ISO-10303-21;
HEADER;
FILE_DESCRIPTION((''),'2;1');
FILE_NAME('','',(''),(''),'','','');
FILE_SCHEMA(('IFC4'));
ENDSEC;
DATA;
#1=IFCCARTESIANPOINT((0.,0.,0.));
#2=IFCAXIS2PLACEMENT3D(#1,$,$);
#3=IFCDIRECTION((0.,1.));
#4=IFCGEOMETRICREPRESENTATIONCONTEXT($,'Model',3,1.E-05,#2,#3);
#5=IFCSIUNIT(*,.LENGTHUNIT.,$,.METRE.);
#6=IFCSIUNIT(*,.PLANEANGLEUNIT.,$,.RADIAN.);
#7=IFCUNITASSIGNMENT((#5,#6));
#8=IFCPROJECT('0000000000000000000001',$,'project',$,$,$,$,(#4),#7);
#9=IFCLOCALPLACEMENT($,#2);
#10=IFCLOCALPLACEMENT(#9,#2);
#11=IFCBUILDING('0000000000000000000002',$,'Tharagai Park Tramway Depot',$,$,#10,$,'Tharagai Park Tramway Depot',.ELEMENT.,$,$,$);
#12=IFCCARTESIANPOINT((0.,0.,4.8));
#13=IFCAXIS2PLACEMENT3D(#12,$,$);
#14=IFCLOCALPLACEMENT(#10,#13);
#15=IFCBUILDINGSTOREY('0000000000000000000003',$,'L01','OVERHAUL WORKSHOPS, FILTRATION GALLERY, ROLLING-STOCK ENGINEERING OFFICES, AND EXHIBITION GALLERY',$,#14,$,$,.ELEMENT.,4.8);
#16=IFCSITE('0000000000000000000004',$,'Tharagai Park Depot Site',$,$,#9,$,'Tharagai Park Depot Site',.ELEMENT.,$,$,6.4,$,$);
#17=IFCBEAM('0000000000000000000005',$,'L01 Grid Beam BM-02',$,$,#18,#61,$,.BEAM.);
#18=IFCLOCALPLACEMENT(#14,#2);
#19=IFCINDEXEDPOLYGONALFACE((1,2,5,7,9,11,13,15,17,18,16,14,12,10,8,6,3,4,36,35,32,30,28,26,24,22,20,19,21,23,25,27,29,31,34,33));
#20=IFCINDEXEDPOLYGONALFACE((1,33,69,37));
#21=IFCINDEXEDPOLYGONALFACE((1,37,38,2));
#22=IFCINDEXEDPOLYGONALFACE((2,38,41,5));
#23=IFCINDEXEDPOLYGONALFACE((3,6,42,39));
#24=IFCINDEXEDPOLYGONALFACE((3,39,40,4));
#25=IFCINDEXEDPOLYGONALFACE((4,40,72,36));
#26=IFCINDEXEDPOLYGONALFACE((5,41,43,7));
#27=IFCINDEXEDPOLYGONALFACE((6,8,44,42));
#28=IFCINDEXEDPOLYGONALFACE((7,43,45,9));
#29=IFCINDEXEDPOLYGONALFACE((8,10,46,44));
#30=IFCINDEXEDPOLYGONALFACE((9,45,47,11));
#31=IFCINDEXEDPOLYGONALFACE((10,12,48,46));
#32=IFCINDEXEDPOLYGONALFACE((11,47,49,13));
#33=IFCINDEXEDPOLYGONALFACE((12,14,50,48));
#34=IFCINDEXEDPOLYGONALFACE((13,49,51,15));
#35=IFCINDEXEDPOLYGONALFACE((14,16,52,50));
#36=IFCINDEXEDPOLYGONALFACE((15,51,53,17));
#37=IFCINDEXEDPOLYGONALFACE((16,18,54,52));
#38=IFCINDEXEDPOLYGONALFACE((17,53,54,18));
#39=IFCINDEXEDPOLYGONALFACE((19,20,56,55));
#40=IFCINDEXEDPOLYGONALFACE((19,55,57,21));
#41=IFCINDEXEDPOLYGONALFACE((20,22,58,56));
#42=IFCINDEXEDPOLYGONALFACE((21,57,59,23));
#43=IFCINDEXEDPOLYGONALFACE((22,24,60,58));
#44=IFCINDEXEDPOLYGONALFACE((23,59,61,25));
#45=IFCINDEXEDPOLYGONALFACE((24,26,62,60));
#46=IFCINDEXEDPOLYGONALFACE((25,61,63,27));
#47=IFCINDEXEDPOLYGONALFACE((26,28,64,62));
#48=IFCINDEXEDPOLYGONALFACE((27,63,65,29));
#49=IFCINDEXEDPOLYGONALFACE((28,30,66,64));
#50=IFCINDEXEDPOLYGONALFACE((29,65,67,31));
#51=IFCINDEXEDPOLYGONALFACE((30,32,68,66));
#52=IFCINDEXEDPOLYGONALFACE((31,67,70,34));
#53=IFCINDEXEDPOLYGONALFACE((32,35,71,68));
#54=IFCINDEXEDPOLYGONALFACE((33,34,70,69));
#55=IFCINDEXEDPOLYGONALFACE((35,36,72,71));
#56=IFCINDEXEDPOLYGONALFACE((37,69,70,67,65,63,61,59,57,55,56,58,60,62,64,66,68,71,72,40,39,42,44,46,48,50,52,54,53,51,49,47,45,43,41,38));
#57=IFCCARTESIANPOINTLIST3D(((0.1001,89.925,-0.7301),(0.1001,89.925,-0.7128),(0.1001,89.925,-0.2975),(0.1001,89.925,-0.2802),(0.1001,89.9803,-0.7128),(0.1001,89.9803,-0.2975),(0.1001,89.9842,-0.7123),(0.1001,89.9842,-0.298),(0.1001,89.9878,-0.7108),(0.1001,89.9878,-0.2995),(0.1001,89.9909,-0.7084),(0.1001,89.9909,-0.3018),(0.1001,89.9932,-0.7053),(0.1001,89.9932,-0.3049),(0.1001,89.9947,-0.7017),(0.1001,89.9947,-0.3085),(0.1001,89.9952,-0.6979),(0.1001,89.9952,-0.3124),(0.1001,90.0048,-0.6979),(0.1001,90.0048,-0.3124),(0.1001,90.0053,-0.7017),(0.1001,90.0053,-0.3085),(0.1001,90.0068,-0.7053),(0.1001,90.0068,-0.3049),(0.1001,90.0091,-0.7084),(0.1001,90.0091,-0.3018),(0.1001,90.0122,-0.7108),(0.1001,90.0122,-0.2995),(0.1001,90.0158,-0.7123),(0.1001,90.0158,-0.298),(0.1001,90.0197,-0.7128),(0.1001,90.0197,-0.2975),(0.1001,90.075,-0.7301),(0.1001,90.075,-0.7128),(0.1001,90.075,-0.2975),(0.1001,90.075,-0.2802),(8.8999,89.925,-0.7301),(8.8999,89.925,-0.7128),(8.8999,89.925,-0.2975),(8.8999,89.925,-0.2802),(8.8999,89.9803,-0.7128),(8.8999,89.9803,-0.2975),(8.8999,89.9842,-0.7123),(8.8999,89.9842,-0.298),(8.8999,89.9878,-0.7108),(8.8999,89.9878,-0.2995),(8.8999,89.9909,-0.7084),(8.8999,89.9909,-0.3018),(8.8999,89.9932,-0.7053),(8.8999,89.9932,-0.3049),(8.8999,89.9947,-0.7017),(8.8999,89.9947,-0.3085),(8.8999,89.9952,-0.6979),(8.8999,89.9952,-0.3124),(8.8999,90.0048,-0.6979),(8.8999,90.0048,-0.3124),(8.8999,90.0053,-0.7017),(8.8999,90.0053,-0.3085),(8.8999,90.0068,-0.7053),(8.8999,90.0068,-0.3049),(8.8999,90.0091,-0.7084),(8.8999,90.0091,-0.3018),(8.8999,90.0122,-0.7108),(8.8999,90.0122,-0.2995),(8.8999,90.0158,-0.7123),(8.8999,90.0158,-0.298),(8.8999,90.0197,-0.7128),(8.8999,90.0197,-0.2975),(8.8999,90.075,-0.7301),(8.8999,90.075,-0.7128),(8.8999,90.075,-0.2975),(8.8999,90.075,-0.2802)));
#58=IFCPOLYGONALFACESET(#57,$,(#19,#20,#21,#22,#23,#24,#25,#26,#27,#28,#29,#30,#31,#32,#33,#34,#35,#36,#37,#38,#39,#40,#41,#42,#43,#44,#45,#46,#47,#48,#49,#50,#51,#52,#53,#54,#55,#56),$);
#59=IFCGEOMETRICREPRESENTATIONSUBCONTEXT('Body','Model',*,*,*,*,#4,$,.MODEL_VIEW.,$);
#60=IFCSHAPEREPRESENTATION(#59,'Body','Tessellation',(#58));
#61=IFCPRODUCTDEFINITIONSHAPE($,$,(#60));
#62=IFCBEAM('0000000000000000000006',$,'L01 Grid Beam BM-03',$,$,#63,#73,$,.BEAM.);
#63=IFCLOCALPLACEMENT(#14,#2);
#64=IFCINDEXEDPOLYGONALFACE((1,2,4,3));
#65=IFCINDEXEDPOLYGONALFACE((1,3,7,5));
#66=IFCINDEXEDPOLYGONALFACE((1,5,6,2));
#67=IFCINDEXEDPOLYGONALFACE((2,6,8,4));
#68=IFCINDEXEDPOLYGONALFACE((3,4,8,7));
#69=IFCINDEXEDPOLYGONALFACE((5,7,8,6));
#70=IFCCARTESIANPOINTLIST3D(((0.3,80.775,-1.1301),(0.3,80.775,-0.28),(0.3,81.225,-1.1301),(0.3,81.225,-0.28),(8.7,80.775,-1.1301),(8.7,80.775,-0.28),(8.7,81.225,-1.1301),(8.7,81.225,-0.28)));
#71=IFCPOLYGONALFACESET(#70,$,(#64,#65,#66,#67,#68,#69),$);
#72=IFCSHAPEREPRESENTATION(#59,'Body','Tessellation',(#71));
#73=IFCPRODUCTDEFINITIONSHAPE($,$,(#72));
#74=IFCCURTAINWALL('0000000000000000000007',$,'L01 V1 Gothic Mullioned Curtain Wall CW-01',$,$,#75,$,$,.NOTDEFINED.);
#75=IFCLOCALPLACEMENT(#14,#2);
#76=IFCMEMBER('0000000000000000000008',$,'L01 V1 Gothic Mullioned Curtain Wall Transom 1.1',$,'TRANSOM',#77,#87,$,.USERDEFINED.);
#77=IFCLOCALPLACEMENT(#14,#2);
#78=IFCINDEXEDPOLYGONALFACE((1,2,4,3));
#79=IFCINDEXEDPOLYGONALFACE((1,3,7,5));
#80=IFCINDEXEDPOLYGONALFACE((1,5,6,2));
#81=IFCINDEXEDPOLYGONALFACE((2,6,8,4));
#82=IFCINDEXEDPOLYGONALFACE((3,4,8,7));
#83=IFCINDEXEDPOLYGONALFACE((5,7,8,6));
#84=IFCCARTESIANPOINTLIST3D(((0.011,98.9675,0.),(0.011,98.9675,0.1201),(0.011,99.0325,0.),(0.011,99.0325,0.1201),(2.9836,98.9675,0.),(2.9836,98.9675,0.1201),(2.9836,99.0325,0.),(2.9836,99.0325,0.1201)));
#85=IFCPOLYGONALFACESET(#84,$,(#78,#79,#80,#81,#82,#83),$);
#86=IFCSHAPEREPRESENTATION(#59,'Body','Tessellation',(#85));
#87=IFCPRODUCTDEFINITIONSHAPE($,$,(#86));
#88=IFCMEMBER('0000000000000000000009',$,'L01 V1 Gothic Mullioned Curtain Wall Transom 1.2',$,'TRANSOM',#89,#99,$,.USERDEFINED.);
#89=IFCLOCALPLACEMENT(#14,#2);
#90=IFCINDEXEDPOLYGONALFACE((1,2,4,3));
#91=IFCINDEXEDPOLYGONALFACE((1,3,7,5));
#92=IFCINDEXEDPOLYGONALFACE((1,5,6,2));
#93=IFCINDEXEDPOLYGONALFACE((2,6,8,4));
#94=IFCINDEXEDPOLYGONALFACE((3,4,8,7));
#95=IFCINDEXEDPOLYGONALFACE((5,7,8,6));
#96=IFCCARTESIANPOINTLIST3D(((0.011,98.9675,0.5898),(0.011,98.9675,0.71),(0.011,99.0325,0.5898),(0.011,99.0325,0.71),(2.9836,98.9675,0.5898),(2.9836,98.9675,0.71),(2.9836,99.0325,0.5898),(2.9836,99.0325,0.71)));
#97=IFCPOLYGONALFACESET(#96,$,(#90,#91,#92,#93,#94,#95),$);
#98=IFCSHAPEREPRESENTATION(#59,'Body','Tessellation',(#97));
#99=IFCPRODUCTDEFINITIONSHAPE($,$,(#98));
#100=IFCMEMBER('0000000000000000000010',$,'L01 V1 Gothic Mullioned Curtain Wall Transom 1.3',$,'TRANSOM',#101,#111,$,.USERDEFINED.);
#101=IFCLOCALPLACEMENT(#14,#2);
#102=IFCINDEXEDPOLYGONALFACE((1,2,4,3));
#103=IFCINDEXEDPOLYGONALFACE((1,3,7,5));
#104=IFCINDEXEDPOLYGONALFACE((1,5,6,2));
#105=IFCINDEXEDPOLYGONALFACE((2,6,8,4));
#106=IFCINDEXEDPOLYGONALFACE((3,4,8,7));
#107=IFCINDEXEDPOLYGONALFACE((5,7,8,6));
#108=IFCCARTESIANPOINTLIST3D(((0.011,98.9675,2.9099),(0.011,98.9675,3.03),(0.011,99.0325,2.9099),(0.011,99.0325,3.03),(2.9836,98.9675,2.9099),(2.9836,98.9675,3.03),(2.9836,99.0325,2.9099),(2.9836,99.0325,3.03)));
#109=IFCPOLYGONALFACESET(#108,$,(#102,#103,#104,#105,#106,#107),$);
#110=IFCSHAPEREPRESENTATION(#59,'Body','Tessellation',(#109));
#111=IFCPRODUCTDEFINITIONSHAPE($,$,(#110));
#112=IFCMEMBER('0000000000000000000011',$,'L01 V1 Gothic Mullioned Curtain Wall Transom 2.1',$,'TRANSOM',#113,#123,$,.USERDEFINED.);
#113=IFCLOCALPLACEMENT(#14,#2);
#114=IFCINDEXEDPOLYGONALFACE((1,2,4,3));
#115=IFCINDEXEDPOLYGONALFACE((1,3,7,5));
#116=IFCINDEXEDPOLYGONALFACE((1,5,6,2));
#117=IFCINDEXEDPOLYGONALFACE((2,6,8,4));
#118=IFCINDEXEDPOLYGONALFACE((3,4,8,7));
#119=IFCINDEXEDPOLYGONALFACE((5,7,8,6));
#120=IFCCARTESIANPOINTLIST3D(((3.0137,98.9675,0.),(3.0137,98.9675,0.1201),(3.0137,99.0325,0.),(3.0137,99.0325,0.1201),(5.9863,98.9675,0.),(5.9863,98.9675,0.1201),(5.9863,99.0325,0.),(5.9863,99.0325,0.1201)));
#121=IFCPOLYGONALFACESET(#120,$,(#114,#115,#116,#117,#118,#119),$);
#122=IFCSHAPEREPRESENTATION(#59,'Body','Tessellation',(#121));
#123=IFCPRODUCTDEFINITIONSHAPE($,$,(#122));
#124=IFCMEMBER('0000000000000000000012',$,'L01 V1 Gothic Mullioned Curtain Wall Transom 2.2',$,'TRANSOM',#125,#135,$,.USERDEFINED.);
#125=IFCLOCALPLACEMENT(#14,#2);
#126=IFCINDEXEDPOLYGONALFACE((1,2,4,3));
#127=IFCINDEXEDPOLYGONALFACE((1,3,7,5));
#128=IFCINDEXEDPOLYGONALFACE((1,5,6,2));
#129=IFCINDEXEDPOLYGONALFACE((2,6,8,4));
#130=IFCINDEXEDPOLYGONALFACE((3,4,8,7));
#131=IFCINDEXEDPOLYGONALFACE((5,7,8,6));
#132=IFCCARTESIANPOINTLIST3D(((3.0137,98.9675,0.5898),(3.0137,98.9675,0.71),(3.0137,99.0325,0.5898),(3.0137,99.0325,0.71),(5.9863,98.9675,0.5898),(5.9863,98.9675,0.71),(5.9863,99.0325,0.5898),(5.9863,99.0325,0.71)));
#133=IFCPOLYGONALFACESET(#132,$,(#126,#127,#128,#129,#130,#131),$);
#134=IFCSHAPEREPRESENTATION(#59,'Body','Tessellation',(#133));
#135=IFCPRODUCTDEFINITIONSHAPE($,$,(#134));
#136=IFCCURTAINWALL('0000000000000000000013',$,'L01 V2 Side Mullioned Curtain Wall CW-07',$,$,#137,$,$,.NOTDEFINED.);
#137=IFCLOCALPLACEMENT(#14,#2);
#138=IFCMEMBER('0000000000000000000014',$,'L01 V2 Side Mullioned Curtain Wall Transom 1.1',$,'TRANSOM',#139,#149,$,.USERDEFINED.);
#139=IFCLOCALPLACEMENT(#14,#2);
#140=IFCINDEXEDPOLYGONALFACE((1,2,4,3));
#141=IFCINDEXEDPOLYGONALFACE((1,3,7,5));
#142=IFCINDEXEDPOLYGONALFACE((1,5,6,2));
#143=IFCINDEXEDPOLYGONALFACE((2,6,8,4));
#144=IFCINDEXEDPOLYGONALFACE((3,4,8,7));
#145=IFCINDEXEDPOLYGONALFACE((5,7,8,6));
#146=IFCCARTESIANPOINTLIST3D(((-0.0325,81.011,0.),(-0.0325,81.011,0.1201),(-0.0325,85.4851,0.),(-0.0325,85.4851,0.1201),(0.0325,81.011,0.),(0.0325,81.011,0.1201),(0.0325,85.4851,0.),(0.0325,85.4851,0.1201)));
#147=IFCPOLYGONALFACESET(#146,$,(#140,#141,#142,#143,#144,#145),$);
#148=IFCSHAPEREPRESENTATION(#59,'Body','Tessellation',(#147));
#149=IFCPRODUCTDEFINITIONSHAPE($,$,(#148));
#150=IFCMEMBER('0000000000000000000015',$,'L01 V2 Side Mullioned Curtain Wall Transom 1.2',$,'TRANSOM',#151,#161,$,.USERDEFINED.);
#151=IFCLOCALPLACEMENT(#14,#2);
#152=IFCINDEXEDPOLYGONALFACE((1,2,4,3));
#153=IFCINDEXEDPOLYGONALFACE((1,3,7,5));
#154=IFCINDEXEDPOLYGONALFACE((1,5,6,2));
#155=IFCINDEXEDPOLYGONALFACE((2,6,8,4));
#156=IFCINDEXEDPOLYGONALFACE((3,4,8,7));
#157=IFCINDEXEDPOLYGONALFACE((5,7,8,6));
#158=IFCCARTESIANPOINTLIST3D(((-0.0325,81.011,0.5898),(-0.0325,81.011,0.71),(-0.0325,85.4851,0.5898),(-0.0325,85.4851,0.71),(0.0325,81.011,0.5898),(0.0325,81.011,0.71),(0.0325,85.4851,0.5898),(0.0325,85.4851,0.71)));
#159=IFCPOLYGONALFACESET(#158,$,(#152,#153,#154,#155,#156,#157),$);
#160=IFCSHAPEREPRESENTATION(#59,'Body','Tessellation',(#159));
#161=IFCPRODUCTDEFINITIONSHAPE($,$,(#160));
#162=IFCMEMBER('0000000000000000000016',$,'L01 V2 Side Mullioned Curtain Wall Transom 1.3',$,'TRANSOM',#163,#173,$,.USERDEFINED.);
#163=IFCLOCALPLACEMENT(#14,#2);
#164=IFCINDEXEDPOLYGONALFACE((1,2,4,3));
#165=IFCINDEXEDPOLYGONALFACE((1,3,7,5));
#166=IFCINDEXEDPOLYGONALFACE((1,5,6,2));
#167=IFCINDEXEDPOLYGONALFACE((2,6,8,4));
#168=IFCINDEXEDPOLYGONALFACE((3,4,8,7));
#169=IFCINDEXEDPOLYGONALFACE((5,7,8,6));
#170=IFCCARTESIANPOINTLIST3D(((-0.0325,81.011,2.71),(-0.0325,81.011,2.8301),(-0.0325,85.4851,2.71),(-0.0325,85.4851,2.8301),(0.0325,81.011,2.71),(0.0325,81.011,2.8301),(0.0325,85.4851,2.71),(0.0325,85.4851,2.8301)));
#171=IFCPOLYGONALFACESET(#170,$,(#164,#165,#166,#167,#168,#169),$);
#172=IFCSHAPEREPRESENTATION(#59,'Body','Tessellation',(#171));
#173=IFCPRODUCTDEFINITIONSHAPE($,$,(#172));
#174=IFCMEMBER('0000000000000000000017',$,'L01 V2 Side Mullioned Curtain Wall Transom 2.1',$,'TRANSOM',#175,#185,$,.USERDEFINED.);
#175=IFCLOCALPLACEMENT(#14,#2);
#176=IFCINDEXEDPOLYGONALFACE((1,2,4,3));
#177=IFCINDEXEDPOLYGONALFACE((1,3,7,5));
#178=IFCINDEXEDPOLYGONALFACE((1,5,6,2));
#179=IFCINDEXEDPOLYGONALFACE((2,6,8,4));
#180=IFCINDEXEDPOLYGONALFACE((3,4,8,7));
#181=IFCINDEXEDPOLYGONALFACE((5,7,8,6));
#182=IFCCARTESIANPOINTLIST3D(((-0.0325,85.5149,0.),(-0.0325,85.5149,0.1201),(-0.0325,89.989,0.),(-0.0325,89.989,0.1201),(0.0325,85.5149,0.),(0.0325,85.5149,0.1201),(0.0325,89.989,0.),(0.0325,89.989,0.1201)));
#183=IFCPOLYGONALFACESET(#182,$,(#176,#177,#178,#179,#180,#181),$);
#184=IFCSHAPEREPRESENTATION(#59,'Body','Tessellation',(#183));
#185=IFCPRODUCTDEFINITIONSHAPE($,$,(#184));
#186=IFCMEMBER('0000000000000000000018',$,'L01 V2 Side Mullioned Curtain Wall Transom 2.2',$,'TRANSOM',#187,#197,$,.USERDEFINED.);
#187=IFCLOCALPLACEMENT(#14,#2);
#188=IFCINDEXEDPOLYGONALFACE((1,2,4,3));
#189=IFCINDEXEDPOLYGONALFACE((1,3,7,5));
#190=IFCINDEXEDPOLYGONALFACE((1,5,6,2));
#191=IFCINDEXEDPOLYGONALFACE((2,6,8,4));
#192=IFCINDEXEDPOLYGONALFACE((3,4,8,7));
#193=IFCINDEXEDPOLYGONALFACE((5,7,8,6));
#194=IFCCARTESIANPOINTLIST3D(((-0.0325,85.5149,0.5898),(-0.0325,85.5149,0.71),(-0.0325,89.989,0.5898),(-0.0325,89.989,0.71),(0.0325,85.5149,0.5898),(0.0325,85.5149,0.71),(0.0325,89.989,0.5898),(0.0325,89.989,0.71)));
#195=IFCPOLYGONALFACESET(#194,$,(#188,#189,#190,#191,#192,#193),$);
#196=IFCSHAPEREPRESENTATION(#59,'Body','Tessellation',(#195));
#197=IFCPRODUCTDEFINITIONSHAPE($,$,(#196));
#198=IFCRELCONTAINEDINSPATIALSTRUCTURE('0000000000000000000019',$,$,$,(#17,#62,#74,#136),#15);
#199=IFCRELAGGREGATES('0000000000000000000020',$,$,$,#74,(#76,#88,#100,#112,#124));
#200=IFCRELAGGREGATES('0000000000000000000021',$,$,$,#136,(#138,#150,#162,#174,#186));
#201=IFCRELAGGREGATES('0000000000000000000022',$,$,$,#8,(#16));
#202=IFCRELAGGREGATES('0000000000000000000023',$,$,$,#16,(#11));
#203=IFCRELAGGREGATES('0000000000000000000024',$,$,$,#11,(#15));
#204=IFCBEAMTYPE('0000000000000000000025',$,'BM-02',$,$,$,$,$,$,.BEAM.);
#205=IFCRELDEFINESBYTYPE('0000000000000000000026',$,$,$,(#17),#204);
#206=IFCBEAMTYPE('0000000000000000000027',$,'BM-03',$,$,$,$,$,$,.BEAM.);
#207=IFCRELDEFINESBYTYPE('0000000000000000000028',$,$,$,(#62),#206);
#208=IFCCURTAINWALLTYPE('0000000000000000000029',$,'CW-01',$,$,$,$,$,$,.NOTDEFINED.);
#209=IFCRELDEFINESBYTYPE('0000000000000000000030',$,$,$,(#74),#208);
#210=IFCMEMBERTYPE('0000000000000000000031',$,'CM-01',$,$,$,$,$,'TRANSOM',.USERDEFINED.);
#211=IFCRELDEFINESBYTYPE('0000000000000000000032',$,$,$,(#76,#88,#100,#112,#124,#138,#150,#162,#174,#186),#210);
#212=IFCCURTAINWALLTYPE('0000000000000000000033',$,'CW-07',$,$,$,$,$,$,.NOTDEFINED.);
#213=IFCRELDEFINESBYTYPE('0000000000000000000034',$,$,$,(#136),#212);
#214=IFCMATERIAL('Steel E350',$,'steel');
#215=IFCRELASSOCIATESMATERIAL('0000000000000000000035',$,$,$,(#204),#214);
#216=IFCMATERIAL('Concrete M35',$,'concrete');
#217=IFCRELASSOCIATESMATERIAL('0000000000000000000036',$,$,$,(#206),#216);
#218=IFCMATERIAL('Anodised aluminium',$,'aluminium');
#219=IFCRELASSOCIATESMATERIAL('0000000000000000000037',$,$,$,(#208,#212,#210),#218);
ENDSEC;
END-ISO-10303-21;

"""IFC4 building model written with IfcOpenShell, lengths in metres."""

from ifc_helpers import new_model, si_unit, direction, frame, origin, origin_2d, place, context, subcontext, project, spatial, rectangle, i_section, extrude, material, material_profile, profile_set, type_object, element, aggregate, save


model = new_model("IFC4")

# Units and contexts
model_context = context("Model", 3, precision=1e-05, world=origin(), true_north=direction((0.0, 1.0)))
body_context = subcontext(model_context, "Body", "Model", "MODEL_VIEW")
ifc_project = project(units=[si_unit("LENGTHUNIT", "METRE"), si_unit("PLANEANGLEUNIT", "RADIAN")], contexts=[model_context])

# Site, building, storey
site_placement = place(None, origin())
site = spatial("IfcSite", under=ifc_project, at=site_placement, Name="Tharagai Park Depot Site", LongName="Tharagai Park Depot Site", CompositionType="ELEMENT", RefElevation=6.4)
building_placement = place(site_placement, origin())
building = spatial("IfcBuilding", under=site, at=building_placement, Name="Tharagai Park Tramway Depot", LongName="Tharagai Park Tramway Depot", CompositionType="ELEMENT")
storey_placement = place(building_placement, frame((0.0, 0.0, 4.8)))
storey = spatial("IfcBuildingStorey", under=building, at=storey_placement, Name="L01", Description="OVERHAUL WORKSHOPS, FILTRATION GALLERY, ROLLING-STOCK ENGINEERING OFFICES, AND EXHIBITION GALLERY", CompositionType="ELEMENT", Elevation=4.8)

# Shared definitions
ifc_material_1 = material(Name="Steel E350", Category="steel")

# Beams
ifc_material_profile_1 = material_profile(ifc_material_1, i_section(OverallWidth=0.1499, OverallDepth=0.45, WebThickness=0.0095, FlangeThickness=0.0173, FilletRadius=0.0149, at=origin_2d()), Name="ISMB 450")
ifc_profile_set_1 = profile_set([ifc_material_profile_1], Name="Steel E350")
beam_type_1 = type_object("IfcBeamType", Name="BM-02", PredefinedType="BEAM", material=ifc_profile_set_1)
beam_1_placement = place(storey_placement, frame((0.1001, 90.0, -0.5051), z_axis=(1.0, 0.0, 0.0), x_axis=(0.0, 1.0, 0.0)))
element("IfcBeam", 1, at=beam_1_placement, inside=storey, type_object=beam_type_1, Name="L01 Grid Beam BM-02", PredefinedType="BEAM", context=body_context, shape_type="SweptSolid", body=[
    extrude(i_section(OverallWidth=0.1499, OverallDepth=0.45, WebThickness=0.0095, FlangeThickness=0.0173, FilletRadius=0.0149, at=origin_2d()), origin(), (0.0, 0.0, 1.0), 8.7998),
])
ifc_material_2 = material(Name="Concrete M35", Category="concrete")
ifc_material_profile_2 = material_profile(ifc_material_2, rectangle(XDim=0.45, YDim=0.8501, at=origin_2d()), Name="RC 450x850")
ifc_profile_set_2 = profile_set([ifc_material_profile_2], Name="Concrete M35")
beam_type_2 = type_object("IfcBeamType", Name="BM-03", PredefinedType="BEAM", material=ifc_profile_set_2)
beam_2_placement = place(storey_placement, frame((0.3, 81.0, -0.7051), z_axis=(1.0, 0.0, 0.0), x_axis=(0.0, 1.0, 0.0)))
element("IfcBeam", 2, at=beam_2_placement, inside=storey, type_object=beam_type_2, Name="L01 Grid Beam BM-03", PredefinedType="BEAM", context=body_context, shape_type="SweptSolid", body=[
    extrude(rectangle(XDim=0.45, YDim=0.8501, at=origin_2d()), origin(), (0.0, 0.0, 1.0), 8.3999),
])

# Curtain walls, members
ifc_material_3 = material(Name="Anodised aluminium", Category="aluminium")
curtain_wall_type_1 = type_object("IfcCurtainWallType", Name="CW-01", PredefinedType="NOTDEFINED", material=ifc_material_3)
curtain_wall_1_placement = place(storey_placement, origin())
curtain_wall_1 = element("IfcCurtainWall", 3, at=curtain_wall_1_placement, inside=storey, type_object=curtain_wall_type_1, Name="L01 V1 Gothic Mullioned Curtain Wall CW-01", PredefinedType="NOTDEFINED")
ifc_material_profile_3 = material_profile(ifc_material_3, rectangle(XDim=0.0649, YDim=0.1201, at=origin_2d()), Name="ALU 65x120")
ifc_profile_set_3 = profile_set([ifc_material_profile_3], Name="Anodised aluminium")
member_type_1 = type_object("IfcMemberType", Name="CM-01", ElementType="TRANSOM", PredefinedType="USERDEFINED", material=ifc_profile_set_3)
member_1_placement = place(storey_placement, frame((0.011, 99.0, 0.0601), z_axis=(1.0, 0.0, 0.0), x_axis=(0.0, 1.0, 0.0)))
member_1 = element("IfcMember", 4, at=member_1_placement, type_object=member_type_1, Name="L01 V1 Gothic Mullioned Curtain Wall Transom 1.1", ObjectType="TRANSOM", PredefinedType="USERDEFINED", context=body_context, shape_type="SweptSolid", body=[
    extrude(rectangle(XDim=0.0649, YDim=0.1201, at=origin_2d()), origin(), (0.0, 0.0, 1.0), 2.9727),
])
member_2_placement = place(storey_placement, frame((0.011, 99.0, 0.6499), z_axis=(1.0, 0.0, 0.0), x_axis=(0.0, 1.0, 0.0)))
member_2 = element("IfcMember", 5, at=member_2_placement, type_object=member_type_1, Name="L01 V1 Gothic Mullioned Curtain Wall Transom 1.2", ObjectType="TRANSOM", PredefinedType="USERDEFINED", context=body_context, shape_type="SweptSolid", body=[
    extrude(rectangle(XDim=0.0649, YDim=0.1201, at=origin_2d()), origin(), (0.0, 0.0, 1.0), 2.9727),
])
member_3_placement = place(storey_placement, frame((0.011, 99.0, 2.97), z_axis=(1.0, 0.0, 0.0), x_axis=(0.0, 1.0, 0.0)))
member_3 = element("IfcMember", 6, at=member_3_placement, type_object=member_type_1, Name="L01 V1 Gothic Mullioned Curtain Wall Transom 1.3", ObjectType="TRANSOM", PredefinedType="USERDEFINED", context=body_context, shape_type="SweptSolid", body=[
    extrude(rectangle(XDim=0.0649, YDim=0.1201, at=origin_2d()), origin(), (0.0, 0.0, 1.0), 2.9727),
])
member_4_placement = place(storey_placement, frame((3.0137, 99.0, 0.0601), z_axis=(1.0, 0.0, 0.0), x_axis=(0.0, 1.0, 0.0)))
member_4 = element("IfcMember", 7, at=member_4_placement, type_object=member_type_1, Name="L01 V1 Gothic Mullioned Curtain Wall Transom 2.1", ObjectType="TRANSOM", PredefinedType="USERDEFINED", context=body_context, shape_type="SweptSolid", body=[
    extrude(rectangle(XDim=0.0649, YDim=0.1201, at=origin_2d()), origin(), (0.0, 0.0, 1.0), 2.9727),
])
member_5_placement = place(storey_placement, frame((3.0137, 99.0, 0.6499), z_axis=(1.0, 0.0, 0.0), x_axis=(0.0, 1.0, 0.0)))
member_5 = element("IfcMember", 8, at=member_5_placement, type_object=member_type_1, Name="L01 V1 Gothic Mullioned Curtain Wall Transom 2.2", ObjectType="TRANSOM", PredefinedType="USERDEFINED", context=body_context, shape_type="SweptSolid", body=[
    extrude(rectangle(XDim=0.0649, YDim=0.1201, at=origin_2d()), origin(), (0.0, 0.0, 1.0), 2.9727),
])
curtain_wall_type_2 = type_object("IfcCurtainWallType", Name="CW-07", PredefinedType="NOTDEFINED", material=ifc_material_3)
curtain_wall_2_placement = place(storey_placement, origin())
curtain_wall_2 = element("IfcCurtainWall", 9, at=curtain_wall_2_placement, inside=storey, type_object=curtain_wall_type_2, Name="L01 V2 Side Mullioned Curtain Wall CW-07", PredefinedType="NOTDEFINED")
member_6_placement = place(storey_placement, frame((0.0, 81.011, 0.0601), z_axis=(0.0, 1.0, 0.0), x_axis=(-1.0, 0.0, 0.0)))
member_6 = element("IfcMember", 10, at=member_6_placement, type_object=member_type_1, Name="L01 V2 Side Mullioned Curtain Wall Transom 1.1", ObjectType="TRANSOM", PredefinedType="USERDEFINED", context=body_context, shape_type="SweptSolid", body=[
    extrude(rectangle(XDim=0.0649, YDim=0.1201, at=origin_2d()), origin(), (0.0, 0.0, 1.0), 4.4741),
])
member_7_placement = place(storey_placement, frame((0.0, 81.011, 0.6499), z_axis=(0.0, 1.0, 0.0), x_axis=(-1.0, 0.0, 0.0)))
member_7 = element("IfcMember", 11, at=member_7_placement, type_object=member_type_1, Name="L01 V2 Side Mullioned Curtain Wall Transom 1.2", ObjectType="TRANSOM", PredefinedType="USERDEFINED", context=body_context, shape_type="SweptSolid", body=[
    extrude(rectangle(XDim=0.0649, YDim=0.1201, at=origin_2d()), origin(), (0.0, 0.0, 1.0), 4.4741),
])
member_8_placement = place(storey_placement, frame((0.0, 81.011, 2.77), z_axis=(0.0, 1.0, 0.0), x_axis=(-1.0, 0.0, 0.0)))
member_8 = element("IfcMember", 12, at=member_8_placement, type_object=member_type_1, Name="L01 V2 Side Mullioned Curtain Wall Transom 1.3", ObjectType="TRANSOM", PredefinedType="USERDEFINED", context=body_context, shape_type="SweptSolid", body=[
    extrude(rectangle(XDim=0.0649, YDim=0.1201, at=origin_2d()), origin(), (0.0, 0.0, 1.0), 4.4741),
])
member_9_placement = place(storey_placement, frame((0.0, 85.5149, 0.0601), z_axis=(0.0, 1.0, 0.0), x_axis=(-1.0, 0.0, 0.0)))
member_9 = element("IfcMember", 13, at=member_9_placement, type_object=member_type_1, Name="L01 V2 Side Mullioned Curtain Wall Transom 2.1", ObjectType="TRANSOM", PredefinedType="USERDEFINED", context=body_context, shape_type="SweptSolid", body=[
    extrude(rectangle(XDim=0.0649, YDim=0.1201, at=origin_2d()), origin(), (0.0, 0.0, 1.0), 4.4741),
])
member_10_placement = place(storey_placement, frame((0.0, 85.5149, 0.6499), z_axis=(0.0, 1.0, 0.0), x_axis=(-1.0, 0.0, 0.0)))
member_10 = element("IfcMember", 14, at=member_10_placement, type_object=member_type_1, Name="L01 V2 Side Mullioned Curtain Wall Transom 2.2", ObjectType="TRANSOM", PredefinedType="USERDEFINED", context=body_context, shape_type="SweptSolid", body=[
    extrude(rectangle(XDim=0.0649, YDim=0.1201, at=origin_2d()), origin(), (0.0, 0.0, 1.0), 4.4741),
])

aggregate(curtain_wall_1, [member_1, member_2, member_3, member_4, member_5])
aggregate(curtain_wall_2, [member_6, member_7, member_8, member_9, member_10])

save(model, "model.ifc")
